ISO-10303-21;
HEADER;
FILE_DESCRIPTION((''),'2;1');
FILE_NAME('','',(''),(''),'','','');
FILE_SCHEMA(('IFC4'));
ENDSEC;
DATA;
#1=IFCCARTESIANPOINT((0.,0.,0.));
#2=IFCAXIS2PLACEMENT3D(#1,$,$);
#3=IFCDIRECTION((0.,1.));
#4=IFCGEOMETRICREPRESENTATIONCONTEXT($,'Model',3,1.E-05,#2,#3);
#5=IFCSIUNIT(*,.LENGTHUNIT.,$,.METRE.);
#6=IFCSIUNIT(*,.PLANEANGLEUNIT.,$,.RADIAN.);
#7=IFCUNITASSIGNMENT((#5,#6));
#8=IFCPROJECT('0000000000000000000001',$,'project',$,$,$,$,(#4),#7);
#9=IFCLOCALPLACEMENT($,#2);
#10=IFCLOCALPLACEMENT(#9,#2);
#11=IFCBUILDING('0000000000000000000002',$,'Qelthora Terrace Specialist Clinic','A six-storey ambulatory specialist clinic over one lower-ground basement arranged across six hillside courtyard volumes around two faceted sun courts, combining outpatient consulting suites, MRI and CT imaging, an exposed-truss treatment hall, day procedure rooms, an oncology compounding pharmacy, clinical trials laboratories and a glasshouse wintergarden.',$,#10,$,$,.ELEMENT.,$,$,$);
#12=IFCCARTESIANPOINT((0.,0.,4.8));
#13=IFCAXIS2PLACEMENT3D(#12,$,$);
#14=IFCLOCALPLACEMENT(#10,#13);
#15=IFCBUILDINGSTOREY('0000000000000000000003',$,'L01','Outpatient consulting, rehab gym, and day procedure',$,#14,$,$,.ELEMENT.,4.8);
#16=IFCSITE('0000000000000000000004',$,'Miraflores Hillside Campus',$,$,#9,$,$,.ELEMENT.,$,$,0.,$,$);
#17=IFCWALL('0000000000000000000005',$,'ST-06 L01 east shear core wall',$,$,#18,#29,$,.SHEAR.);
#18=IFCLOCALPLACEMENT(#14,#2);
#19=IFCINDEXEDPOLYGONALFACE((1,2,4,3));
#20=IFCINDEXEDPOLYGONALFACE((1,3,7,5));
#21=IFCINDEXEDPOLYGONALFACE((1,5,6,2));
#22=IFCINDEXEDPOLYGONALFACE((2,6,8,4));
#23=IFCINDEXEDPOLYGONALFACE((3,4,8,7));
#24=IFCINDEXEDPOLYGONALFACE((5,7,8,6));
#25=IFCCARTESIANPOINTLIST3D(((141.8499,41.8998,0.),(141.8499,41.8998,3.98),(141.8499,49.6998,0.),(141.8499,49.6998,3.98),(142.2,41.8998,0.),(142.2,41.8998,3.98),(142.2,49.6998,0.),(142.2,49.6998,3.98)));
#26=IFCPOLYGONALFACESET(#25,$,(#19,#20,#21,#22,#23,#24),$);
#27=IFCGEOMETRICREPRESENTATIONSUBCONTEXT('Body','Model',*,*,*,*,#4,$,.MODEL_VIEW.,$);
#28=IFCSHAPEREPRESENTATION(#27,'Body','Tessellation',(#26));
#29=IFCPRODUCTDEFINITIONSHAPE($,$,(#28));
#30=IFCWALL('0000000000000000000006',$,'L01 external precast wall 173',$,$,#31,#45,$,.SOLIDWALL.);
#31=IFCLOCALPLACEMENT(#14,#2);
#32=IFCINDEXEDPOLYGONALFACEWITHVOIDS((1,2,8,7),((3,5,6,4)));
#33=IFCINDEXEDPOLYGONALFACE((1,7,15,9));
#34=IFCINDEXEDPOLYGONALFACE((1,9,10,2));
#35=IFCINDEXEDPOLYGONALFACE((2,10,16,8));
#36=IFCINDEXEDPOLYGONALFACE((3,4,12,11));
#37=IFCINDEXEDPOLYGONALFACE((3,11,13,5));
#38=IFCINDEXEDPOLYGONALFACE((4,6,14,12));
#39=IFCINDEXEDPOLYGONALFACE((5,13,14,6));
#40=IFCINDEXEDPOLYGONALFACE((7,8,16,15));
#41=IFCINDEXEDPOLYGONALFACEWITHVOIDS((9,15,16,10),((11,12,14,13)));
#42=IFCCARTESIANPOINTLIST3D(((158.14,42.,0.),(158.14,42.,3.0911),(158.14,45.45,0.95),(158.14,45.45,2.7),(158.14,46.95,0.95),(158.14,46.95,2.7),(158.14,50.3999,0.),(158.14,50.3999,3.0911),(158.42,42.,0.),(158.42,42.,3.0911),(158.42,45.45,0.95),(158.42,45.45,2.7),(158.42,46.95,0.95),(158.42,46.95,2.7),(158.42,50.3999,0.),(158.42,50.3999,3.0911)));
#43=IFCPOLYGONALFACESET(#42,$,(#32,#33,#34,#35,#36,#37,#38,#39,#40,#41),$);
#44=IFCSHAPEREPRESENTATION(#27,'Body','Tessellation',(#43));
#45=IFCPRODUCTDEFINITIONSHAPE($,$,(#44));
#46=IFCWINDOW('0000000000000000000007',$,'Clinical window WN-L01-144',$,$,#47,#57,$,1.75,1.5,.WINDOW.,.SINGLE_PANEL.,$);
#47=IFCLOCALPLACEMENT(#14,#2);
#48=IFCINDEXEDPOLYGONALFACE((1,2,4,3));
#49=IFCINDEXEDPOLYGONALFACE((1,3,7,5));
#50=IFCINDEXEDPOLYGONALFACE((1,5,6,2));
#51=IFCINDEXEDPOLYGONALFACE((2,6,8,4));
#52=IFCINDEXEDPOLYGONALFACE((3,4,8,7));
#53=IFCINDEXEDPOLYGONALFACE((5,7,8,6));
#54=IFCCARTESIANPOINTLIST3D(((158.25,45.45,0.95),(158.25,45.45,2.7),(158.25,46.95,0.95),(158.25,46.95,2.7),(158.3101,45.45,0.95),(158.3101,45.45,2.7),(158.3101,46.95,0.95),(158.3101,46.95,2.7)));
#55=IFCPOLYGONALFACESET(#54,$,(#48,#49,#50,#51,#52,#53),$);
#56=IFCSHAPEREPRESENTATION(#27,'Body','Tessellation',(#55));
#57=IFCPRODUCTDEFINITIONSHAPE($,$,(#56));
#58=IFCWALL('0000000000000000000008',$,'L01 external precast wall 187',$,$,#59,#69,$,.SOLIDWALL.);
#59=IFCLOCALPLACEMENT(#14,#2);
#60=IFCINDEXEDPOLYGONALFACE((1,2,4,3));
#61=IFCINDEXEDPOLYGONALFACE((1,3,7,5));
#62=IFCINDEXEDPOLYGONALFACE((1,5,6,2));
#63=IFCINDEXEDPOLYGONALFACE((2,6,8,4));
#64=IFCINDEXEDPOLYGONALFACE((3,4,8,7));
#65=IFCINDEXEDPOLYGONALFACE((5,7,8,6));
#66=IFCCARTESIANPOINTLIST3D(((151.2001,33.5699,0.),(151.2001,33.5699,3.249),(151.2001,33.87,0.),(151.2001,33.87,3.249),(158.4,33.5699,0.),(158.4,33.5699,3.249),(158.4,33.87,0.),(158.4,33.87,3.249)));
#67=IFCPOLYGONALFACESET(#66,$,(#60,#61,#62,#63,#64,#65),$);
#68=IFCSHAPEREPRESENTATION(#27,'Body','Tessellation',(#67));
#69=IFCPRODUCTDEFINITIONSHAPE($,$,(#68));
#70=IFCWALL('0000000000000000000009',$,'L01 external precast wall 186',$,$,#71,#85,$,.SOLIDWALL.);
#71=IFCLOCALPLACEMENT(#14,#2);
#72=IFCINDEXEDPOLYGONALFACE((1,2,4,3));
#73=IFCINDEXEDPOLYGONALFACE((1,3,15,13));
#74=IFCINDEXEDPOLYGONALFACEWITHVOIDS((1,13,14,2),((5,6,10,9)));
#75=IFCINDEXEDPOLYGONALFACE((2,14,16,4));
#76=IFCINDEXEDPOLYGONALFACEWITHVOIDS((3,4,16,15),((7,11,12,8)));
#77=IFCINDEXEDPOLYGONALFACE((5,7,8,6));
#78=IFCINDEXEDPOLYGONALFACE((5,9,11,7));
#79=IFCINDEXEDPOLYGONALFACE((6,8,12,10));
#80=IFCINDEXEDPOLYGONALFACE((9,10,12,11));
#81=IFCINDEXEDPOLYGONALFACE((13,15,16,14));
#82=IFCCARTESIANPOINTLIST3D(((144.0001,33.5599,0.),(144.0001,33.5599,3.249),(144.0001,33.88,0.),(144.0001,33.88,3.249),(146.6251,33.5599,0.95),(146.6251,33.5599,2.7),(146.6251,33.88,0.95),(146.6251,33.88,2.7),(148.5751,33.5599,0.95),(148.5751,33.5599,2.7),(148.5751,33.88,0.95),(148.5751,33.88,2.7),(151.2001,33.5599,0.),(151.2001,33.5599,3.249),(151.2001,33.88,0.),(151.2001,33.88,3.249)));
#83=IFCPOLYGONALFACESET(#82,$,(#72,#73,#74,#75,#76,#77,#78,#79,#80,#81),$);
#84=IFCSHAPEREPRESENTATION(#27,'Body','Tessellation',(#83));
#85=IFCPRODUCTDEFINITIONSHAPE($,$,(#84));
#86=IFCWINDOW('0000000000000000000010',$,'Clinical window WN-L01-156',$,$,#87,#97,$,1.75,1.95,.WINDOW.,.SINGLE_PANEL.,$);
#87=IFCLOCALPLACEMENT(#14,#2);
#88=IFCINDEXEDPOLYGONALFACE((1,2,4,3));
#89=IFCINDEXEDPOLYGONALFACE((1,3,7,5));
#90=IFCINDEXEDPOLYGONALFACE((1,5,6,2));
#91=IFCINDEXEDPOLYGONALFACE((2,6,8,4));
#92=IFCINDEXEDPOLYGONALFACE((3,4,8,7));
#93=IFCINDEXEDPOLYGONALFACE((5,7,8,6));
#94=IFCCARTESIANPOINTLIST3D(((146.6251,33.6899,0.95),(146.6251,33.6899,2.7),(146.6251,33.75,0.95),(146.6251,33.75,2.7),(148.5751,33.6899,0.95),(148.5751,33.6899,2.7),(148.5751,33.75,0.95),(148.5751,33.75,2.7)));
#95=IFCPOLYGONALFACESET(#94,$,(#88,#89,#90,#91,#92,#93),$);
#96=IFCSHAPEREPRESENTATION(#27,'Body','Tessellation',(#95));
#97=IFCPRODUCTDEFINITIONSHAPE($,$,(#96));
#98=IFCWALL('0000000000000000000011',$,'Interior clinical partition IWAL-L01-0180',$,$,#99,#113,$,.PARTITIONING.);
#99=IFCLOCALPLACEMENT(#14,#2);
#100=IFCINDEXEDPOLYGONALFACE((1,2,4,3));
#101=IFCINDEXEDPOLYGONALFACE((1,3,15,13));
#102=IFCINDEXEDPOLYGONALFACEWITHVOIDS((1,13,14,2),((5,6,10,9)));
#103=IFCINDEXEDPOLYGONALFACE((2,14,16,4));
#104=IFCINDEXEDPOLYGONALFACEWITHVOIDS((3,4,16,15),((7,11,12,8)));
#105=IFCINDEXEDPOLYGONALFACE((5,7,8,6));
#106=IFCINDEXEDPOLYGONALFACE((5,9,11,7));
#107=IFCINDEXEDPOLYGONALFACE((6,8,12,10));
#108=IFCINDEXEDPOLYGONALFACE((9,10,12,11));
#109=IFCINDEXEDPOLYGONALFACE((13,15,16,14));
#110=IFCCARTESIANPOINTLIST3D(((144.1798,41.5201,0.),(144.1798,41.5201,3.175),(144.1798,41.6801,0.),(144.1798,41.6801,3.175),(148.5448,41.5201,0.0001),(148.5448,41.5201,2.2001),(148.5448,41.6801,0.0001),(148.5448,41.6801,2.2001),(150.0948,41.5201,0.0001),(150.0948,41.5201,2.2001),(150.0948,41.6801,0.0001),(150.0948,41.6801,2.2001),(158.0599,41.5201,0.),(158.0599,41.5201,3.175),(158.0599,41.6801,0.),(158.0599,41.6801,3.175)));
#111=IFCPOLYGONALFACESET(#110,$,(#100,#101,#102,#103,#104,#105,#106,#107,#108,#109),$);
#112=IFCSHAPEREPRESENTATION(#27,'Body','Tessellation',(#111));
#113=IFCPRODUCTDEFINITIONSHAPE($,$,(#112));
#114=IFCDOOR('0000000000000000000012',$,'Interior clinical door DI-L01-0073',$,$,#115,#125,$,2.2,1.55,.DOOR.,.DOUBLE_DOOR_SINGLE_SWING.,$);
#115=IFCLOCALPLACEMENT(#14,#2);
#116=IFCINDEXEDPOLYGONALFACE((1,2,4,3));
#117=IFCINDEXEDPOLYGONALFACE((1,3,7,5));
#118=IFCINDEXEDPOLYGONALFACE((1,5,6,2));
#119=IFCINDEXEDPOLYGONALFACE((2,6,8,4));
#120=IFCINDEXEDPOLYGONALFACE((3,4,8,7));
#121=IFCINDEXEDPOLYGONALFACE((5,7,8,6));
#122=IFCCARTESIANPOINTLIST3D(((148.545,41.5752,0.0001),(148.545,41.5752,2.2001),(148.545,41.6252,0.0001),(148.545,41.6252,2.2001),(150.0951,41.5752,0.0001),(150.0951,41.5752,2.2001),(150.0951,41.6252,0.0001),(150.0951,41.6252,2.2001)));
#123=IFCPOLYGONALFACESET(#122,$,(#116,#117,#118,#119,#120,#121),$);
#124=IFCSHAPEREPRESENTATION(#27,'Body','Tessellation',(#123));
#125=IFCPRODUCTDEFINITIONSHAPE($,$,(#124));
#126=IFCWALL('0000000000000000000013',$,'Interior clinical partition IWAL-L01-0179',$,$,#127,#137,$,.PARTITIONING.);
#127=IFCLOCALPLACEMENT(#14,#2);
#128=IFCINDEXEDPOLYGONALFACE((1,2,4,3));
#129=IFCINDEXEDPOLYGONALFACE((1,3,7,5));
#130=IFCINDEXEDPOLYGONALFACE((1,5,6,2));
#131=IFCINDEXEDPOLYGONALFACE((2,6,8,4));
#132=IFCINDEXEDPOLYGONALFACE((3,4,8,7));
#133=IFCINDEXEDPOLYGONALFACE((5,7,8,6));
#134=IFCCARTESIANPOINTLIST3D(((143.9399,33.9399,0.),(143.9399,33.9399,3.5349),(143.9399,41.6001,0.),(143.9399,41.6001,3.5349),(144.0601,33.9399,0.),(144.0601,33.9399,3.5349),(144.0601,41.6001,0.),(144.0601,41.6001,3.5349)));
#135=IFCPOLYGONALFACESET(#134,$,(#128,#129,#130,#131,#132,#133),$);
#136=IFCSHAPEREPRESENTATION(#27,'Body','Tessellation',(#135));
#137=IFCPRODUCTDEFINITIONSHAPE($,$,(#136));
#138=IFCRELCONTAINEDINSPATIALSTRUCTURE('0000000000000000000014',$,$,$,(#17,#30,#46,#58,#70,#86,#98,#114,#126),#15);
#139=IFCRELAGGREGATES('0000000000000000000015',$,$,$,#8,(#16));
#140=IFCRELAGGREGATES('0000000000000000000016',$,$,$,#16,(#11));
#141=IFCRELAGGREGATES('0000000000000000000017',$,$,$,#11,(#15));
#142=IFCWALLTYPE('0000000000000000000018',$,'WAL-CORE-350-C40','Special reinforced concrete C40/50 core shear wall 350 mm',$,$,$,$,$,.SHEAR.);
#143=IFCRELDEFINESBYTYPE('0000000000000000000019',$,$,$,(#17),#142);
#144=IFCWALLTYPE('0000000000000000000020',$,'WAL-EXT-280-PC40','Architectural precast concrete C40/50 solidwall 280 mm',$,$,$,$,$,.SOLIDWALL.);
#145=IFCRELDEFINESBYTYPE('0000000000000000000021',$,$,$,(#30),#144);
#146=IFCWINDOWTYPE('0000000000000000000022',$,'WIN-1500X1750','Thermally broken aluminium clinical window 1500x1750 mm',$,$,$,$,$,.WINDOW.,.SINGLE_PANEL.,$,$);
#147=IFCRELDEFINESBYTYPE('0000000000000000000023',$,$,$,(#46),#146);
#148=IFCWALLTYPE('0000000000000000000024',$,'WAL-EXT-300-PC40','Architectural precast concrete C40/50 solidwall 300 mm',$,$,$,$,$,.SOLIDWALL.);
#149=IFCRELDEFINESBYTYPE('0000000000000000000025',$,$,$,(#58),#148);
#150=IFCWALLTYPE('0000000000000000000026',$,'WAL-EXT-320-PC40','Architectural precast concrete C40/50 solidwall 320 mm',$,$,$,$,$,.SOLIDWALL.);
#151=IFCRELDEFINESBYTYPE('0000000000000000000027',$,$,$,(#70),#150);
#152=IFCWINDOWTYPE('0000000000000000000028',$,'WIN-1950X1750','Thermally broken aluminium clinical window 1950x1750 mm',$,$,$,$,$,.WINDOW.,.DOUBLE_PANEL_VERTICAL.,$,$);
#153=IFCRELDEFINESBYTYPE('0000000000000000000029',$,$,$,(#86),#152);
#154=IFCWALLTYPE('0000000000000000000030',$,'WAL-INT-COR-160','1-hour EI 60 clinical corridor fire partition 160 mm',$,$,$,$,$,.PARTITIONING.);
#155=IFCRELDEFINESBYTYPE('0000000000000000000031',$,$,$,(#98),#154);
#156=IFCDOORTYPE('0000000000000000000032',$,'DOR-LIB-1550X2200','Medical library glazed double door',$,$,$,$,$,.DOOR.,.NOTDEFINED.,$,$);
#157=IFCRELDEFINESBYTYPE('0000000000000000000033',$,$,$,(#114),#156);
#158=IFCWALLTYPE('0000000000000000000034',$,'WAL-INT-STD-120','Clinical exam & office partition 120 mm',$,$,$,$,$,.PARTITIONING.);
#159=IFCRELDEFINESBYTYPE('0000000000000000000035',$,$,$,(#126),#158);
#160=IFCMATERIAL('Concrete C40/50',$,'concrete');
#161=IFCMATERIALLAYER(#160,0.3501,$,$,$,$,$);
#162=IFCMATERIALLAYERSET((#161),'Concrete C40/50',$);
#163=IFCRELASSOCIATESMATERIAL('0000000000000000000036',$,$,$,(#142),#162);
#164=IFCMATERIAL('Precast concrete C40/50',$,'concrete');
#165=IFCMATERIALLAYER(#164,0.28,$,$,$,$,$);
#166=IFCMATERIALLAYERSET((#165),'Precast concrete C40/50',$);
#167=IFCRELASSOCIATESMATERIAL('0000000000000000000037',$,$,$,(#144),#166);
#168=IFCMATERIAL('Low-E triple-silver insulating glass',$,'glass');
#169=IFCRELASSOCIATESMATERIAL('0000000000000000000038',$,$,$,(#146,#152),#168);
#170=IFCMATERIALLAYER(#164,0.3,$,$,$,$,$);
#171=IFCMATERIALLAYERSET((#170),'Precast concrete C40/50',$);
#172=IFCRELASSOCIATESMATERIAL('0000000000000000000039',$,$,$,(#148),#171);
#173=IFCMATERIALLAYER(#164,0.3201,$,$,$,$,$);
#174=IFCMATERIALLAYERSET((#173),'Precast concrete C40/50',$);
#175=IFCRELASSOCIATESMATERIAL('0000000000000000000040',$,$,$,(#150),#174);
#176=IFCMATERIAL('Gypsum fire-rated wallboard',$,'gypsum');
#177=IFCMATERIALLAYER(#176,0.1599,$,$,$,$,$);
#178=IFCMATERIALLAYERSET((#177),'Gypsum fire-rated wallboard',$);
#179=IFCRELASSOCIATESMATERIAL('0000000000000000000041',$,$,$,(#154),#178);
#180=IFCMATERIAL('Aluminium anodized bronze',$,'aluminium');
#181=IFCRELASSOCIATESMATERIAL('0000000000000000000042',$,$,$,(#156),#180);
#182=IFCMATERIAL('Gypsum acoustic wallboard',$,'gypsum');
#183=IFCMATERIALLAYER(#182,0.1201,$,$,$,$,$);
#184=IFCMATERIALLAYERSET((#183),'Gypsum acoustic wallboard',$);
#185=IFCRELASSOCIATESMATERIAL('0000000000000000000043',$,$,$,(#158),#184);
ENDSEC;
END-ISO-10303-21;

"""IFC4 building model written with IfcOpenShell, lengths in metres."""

from ifc_helpers import new_model, si_unit, direction, frame, frame_2d, origin, place, context, subcontext, project, spatial, rectangle, extrude, material, layer, layer_set, type_object, element, fill, save


model = new_model("IFC4")

# Units and contexts
model_context = context("Model", 3, precision=1e-05, world=origin(), true_north=direction((0.0, 1.0)))
body_context = subcontext(model_context, "Body", "Model", "MODEL_VIEW")
ifc_project = project(units=[si_unit("LENGTHUNIT", "METRE"), si_unit("PLANEANGLEUNIT", "RADIAN")], contexts=[model_context])

# Site, building, storey
site_placement = place(None, origin())
site = spatial("IfcSite", under=ifc_project, at=site_placement, Name="Miraflores Hillside Campus", CompositionType="ELEMENT", RefElevation=0.0)
building_placement = place(site_placement, origin())
building = spatial("IfcBuilding", under=site, at=building_placement, Name="Qelthora Terrace Specialist Clinic", Description="A six-storey ambulatory specialist clinic over one lower-ground basement arranged across six hillside courtyard volumes around two faceted sun courts, combining outpatient consulting suites, MRI and CT imaging, an exposed-truss treatment hall, day procedure rooms, an oncology compounding pharmacy, clinical trials laboratories and a glasshouse wintergarden.", CompositionType="ELEMENT")
storey_placement = place(building_placement, frame((0.0, 0.0, 4.8)))
storey = spatial("IfcBuildingStorey", under=building, at=storey_placement, Name="L01", Description="Outpatient consulting, rehab gym, and day procedure", CompositionType="ELEMENT", Elevation=4.8)

# Wall
ifc_material_1 = material(Name="Concrete C40/50", Category="concrete")
ifc_layer_1 = layer(ifc_material_1, 0.3501)
ifc_layer_set_1 = layer_set([ifc_layer_1], Name="Concrete C40/50")
wall_type_1 = type_object("IfcWallType", Name="WAL-CORE-350-C40", Description="Special reinforced concrete C40/50 core shear wall 350 mm", PredefinedType="SHEAR", material=ifc_layer_set_1)
wall_1_placement = place(storey_placement, frame((142.0249, 41.8999, 0.0), z_axis=(0.0, 0.0, 1.0), x_axis=(0.0, 1.0, 0.0)))
element("IfcWall", 1, at=wall_1_placement, inside=storey, type_object=wall_type_1, Name="ST-06 L01 east shear core wall", PredefinedType="SHEAR", context=body_context, shape_type="SweptSolid", body=[
    extrude(rectangle(XDim=7.8, YDim=0.3501, at=frame_2d((3.8999, 0.0))), origin(), (0.0, 0.0, 1.0), 3.98),
])

# Wall, opening, window
ifc_material_2 = material(Name="Precast concrete C40/50", Category="concrete")
ifc_layer_2 = layer(ifc_material_2, 0.28)
ifc_layer_set_2 = layer_set([ifc_layer_2], Name="Precast concrete C40/50")
wall_type_2 = type_object("IfcWallType", Name="WAL-EXT-280-PC40", Description="Architectural precast concrete C40/50 solidwall 280 mm", PredefinedType="SOLIDWALL", material=ifc_layer_set_2)
wall_2_placement = place(storey_placement, frame((158.28, 42.0, 0.0), z_axis=(0.0, 0.0, 1.0), x_axis=(0.0, 1.0, 0.0)))
wall_2 = element("IfcWall", 2, at=wall_2_placement, inside=storey, type_object=wall_type_2, Name="L01 external precast wall 173", PredefinedType="SOLIDWALL", context=body_context, shape_type="SweptSolid", body=[
    extrude(rectangle(XDim=8.3999, YDim=0.28, at=frame_2d((4.2, 0.0))), origin(), (0.0, 0.0, 1.0), 3.0911),
])
opening_1_placement = place(wall_2_placement, frame((3.45, 0.0, 0.95)))
opening_1 = element("IfcOpeningElement", 3, at=opening_1_placement, cuts=wall_2, PredefinedType="OPENING", context=body_context, shape_type="SweptSolid", body=[
    extrude(rectangle(XDim=1.5, YDim=1.75, at=frame_2d((0.75, 0.875))), frame((0.0, 0.1499, 0.0), z_axis=(0.0, -1.0, 0.0), x_axis=(1.0, 0.0, 0.0)), (0.0, 0.0, 1.0), 0.3),
])
ifc_material_3 = material(Name="Low-E triple-silver insulating glass", Category="glass")
window_type_1 = type_object("IfcWindowType", Name="WIN-1500X1750", Description="Thermally broken aluminium clinical window 1500x1750 mm", PartitioningType="SINGLE_PANEL", PredefinedType="WINDOW", material=ifc_material_3)
window_1_placement = place(opening_1_placement, origin())
window_1 = element("IfcWindow", 4, at=window_1_placement, inside=storey, type_object=window_type_1, Name="Clinical window WN-L01-144", OverallHeight=1.75, OverallWidth=1.5, PartitioningType="SINGLE_PANEL", PredefinedType="WINDOW", context=body_context, shape_type="SweptSolid", body=[
    extrude(rectangle(XDim=1.5, YDim=1.75, at=frame_2d((0.75, 0.875))), frame((0.0, 0.03, 0.0), z_axis=(0.0, -1.0, 0.0), x_axis=(1.0, 0.0, 0.0)), (0.0, 0.0, 1.0), 0.0601),
])
fill(opening_1, window_1)

# Wall
ifc_layer_3 = layer(ifc_material_2, 0.3)
ifc_layer_set_3 = layer_set([ifc_layer_3], Name="Precast concrete C40/50")
wall_type_3 = type_object("IfcWallType", Name="WAL-EXT-300-PC40", Description="Architectural precast concrete C40/50 solidwall 300 mm", PredefinedType="SOLIDWALL", material=ifc_layer_set_3)
wall_3_placement = place(storey_placement, frame((151.2, 33.72, 0.0), z_axis=(0.0, 0.0, 1.0), x_axis=(1.0, 0.0, 0.0)))
element("IfcWall", 5, at=wall_3_placement, inside=storey, type_object=wall_type_3, Name="L01 external precast wall 187", PredefinedType="SOLIDWALL", context=body_context, shape_type="SweptSolid", body=[
    extrude(rectangle(XDim=7.2, YDim=0.3, at=frame_2d((3.6001, 0.0))), origin(), (0.0, 0.0, 1.0), 3.249),
])

# Wall, opening, window
ifc_layer_4 = layer(ifc_material_2, 0.3201)
ifc_layer_set_4 = layer_set([ifc_layer_4], Name="Precast concrete C40/50")
wall_type_4 = type_object("IfcWallType", Name="WAL-EXT-320-PC40", Description="Architectural precast concrete C40/50 solidwall 320 mm", PredefinedType="SOLIDWALL", material=ifc_layer_set_4)
wall_4_placement = place(storey_placement, frame((144.0, 33.72, 0.0), z_axis=(0.0, 0.0, 1.0), x_axis=(1.0, 0.0, 0.0)))
wall_4 = element("IfcWall", 6, at=wall_4_placement, inside=storey, type_object=wall_type_4, Name="L01 external precast wall 186", PredefinedType="SOLIDWALL", context=body_context, shape_type="SweptSolid", body=[
    extrude(rectangle(XDim=7.2, YDim=0.3201, at=frame_2d((3.6001, 0.0))), origin(), (0.0, 0.0, 1.0), 3.249),
])
opening_2_placement = place(wall_4_placement, frame((2.625, 0.0, 0.95)))
opening_2 = element("IfcOpeningElement", 7, at=opening_2_placement, cuts=wall_4, PredefinedType="OPENING", context=body_context, shape_type="SweptSolid", body=[
    extrude(rectangle(XDim=1.95, YDim=1.75, at=frame_2d((0.9751, 0.875))), frame((0.0, 0.1699, 0.0), z_axis=(0.0, -1.0, 0.0), x_axis=(1.0, 0.0, 0.0)), (0.0, 0.0, 1.0), 0.3401),
])
window_type_2 = type_object("IfcWindowType", Name="WIN-1950X1750", Description="Thermally broken aluminium clinical window 1950x1750 mm", PartitioningType="DOUBLE_PANEL_VERTICAL", PredefinedType="WINDOW", material=ifc_material_3)
window_2_placement = place(opening_2_placement, origin())
window_2 = element("IfcWindow", 8, at=window_2_placement, inside=storey, type_object=window_type_2, Name="Clinical window WN-L01-156", OverallHeight=1.75, OverallWidth=1.95, PartitioningType="SINGLE_PANEL", PredefinedType="WINDOW", context=body_context, shape_type="SweptSolid", body=[
    extrude(rectangle(XDim=1.95, YDim=1.75, at=frame_2d((0.9751, 0.875))), frame((0.0, 0.03, 0.0), z_axis=(0.0, -1.0, 0.0), x_axis=(1.0, 0.0, 0.0)), (0.0, 0.0, 1.0), 0.0601),
])
fill(opening_2, window_2)

# Wall, opening, door
ifc_material_4 = material(Name="Gypsum fire-rated wallboard", Category="gypsum")
ifc_layer_5 = layer(ifc_material_4, 0.1599)
ifc_layer_set_5 = layer_set([ifc_layer_5], Name="Gypsum fire-rated wallboard")
wall_type_5 = type_object("IfcWallType", Name="WAL-INT-COR-160", Description="1-hour EI 60 clinical corridor fire partition 160 mm", PredefinedType="PARTITIONING", material=ifc_layer_set_5)
wall_5_placement = place(storey_placement, frame((144.1799, 41.6001, 0.0), z_axis=(0.0, 0.0, 1.0), x_axis=(1.0, 0.0, 0.0)))
wall_5 = element("IfcWall", 9, at=wall_5_placement, inside=storey, type_object=wall_type_5, Name="Interior clinical partition IWAL-L01-0180", PredefinedType="PARTITIONING", context=body_context, shape_type="SweptSolid", body=[
    extrude(rectangle(XDim=13.8801, YDim=0.1599, at=frame_2d((6.9399, 0.0))), origin(), (0.0, 0.0, 1.0), 3.175),
])
opening_3_placement = place(wall_5_placement, frame((4.365, 0.0, 0.0)))
opening_3 = element("IfcOpeningElement", 10, at=opening_3_placement, cuts=wall_5, PredefinedType="OPENING", context=body_context, shape_type="SweptSolid", body=[
    extrude(rectangle(XDim=1.55, YDim=2.2, at=frame_2d((0.7749, 1.1001))), frame((0.0, 0.0898, 0.0), z_axis=(0.0, -1.0, 0.0), x_axis=(1.0, 0.0, 0.0)), (0.0, 0.0, 1.0), 0.1799),
])
ifc_material_5 = material(Name="Aluminium anodized bronze", Category="aluminium")
door_type = type_object("IfcDoorType", Name="DOR-LIB-1550X2200", Description="Medical library glazed double door", OperationType="NOTDEFINED", PredefinedType="DOOR", material=ifc_material_5)
door_placement = place(opening_3_placement, frame((1.55, 0.0, 0.0), z_axis=(0.0, 0.0, 1.0), x_axis=(-1.0, 0.0, 0.0)))
door = element("IfcDoor", 11, at=door_placement, inside=storey, type_object=door_type, Name="Interior clinical door DI-L01-0073", OperationType="DOUBLE_DOOR_SINGLE_SWING", OverallHeight=2.2, OverallWidth=1.55, PredefinedType="DOOR", context=body_context, shape_type="SweptSolid", body=[
    extrude(rectangle(XDim=1.55, YDim=2.2, at=frame_2d((0.7749, 1.1001))), frame((0.0, 0.0249, 0.0), z_axis=(0.0, -1.0, 0.0), x_axis=(1.0, 0.0, 0.0)), (0.0, 0.0, 1.0), 0.05),
])
fill(opening_3, door)

# Wall
ifc_material_6 = material(Name="Gypsum acoustic wallboard", Category="gypsum")
ifc_layer_6 = layer(ifc_material_6, 0.1201)
ifc_layer_set_6 = layer_set([ifc_layer_6], Name="Gypsum acoustic wallboard")
wall_type_6 = type_object("IfcWallType", Name="WAL-INT-STD-120", Description="Clinical exam & office partition 120 mm", PredefinedType="PARTITIONING", material=ifc_layer_set_6)
wall_6_placement = place(storey_placement, frame((144.0, 33.9399, 0.0), z_axis=(0.0, 0.0, 1.0), x_axis=(0.0, 1.0, 0.0)))
element("IfcWall", 12, at=wall_6_placement, inside=storey, type_object=wall_type_6, Name="Interior clinical partition IWAL-L01-0179", PredefinedType="PARTITIONING", context=body_context, shape_type="SweptSolid", body=[
    extrude(rectangle(XDim=7.6602, YDim=0.1201, at=frame_2d((3.8301, 0.0))), origin(), (0.0, 0.0, 1.0), 3.5349),
])

save(model, "model.ifc")
